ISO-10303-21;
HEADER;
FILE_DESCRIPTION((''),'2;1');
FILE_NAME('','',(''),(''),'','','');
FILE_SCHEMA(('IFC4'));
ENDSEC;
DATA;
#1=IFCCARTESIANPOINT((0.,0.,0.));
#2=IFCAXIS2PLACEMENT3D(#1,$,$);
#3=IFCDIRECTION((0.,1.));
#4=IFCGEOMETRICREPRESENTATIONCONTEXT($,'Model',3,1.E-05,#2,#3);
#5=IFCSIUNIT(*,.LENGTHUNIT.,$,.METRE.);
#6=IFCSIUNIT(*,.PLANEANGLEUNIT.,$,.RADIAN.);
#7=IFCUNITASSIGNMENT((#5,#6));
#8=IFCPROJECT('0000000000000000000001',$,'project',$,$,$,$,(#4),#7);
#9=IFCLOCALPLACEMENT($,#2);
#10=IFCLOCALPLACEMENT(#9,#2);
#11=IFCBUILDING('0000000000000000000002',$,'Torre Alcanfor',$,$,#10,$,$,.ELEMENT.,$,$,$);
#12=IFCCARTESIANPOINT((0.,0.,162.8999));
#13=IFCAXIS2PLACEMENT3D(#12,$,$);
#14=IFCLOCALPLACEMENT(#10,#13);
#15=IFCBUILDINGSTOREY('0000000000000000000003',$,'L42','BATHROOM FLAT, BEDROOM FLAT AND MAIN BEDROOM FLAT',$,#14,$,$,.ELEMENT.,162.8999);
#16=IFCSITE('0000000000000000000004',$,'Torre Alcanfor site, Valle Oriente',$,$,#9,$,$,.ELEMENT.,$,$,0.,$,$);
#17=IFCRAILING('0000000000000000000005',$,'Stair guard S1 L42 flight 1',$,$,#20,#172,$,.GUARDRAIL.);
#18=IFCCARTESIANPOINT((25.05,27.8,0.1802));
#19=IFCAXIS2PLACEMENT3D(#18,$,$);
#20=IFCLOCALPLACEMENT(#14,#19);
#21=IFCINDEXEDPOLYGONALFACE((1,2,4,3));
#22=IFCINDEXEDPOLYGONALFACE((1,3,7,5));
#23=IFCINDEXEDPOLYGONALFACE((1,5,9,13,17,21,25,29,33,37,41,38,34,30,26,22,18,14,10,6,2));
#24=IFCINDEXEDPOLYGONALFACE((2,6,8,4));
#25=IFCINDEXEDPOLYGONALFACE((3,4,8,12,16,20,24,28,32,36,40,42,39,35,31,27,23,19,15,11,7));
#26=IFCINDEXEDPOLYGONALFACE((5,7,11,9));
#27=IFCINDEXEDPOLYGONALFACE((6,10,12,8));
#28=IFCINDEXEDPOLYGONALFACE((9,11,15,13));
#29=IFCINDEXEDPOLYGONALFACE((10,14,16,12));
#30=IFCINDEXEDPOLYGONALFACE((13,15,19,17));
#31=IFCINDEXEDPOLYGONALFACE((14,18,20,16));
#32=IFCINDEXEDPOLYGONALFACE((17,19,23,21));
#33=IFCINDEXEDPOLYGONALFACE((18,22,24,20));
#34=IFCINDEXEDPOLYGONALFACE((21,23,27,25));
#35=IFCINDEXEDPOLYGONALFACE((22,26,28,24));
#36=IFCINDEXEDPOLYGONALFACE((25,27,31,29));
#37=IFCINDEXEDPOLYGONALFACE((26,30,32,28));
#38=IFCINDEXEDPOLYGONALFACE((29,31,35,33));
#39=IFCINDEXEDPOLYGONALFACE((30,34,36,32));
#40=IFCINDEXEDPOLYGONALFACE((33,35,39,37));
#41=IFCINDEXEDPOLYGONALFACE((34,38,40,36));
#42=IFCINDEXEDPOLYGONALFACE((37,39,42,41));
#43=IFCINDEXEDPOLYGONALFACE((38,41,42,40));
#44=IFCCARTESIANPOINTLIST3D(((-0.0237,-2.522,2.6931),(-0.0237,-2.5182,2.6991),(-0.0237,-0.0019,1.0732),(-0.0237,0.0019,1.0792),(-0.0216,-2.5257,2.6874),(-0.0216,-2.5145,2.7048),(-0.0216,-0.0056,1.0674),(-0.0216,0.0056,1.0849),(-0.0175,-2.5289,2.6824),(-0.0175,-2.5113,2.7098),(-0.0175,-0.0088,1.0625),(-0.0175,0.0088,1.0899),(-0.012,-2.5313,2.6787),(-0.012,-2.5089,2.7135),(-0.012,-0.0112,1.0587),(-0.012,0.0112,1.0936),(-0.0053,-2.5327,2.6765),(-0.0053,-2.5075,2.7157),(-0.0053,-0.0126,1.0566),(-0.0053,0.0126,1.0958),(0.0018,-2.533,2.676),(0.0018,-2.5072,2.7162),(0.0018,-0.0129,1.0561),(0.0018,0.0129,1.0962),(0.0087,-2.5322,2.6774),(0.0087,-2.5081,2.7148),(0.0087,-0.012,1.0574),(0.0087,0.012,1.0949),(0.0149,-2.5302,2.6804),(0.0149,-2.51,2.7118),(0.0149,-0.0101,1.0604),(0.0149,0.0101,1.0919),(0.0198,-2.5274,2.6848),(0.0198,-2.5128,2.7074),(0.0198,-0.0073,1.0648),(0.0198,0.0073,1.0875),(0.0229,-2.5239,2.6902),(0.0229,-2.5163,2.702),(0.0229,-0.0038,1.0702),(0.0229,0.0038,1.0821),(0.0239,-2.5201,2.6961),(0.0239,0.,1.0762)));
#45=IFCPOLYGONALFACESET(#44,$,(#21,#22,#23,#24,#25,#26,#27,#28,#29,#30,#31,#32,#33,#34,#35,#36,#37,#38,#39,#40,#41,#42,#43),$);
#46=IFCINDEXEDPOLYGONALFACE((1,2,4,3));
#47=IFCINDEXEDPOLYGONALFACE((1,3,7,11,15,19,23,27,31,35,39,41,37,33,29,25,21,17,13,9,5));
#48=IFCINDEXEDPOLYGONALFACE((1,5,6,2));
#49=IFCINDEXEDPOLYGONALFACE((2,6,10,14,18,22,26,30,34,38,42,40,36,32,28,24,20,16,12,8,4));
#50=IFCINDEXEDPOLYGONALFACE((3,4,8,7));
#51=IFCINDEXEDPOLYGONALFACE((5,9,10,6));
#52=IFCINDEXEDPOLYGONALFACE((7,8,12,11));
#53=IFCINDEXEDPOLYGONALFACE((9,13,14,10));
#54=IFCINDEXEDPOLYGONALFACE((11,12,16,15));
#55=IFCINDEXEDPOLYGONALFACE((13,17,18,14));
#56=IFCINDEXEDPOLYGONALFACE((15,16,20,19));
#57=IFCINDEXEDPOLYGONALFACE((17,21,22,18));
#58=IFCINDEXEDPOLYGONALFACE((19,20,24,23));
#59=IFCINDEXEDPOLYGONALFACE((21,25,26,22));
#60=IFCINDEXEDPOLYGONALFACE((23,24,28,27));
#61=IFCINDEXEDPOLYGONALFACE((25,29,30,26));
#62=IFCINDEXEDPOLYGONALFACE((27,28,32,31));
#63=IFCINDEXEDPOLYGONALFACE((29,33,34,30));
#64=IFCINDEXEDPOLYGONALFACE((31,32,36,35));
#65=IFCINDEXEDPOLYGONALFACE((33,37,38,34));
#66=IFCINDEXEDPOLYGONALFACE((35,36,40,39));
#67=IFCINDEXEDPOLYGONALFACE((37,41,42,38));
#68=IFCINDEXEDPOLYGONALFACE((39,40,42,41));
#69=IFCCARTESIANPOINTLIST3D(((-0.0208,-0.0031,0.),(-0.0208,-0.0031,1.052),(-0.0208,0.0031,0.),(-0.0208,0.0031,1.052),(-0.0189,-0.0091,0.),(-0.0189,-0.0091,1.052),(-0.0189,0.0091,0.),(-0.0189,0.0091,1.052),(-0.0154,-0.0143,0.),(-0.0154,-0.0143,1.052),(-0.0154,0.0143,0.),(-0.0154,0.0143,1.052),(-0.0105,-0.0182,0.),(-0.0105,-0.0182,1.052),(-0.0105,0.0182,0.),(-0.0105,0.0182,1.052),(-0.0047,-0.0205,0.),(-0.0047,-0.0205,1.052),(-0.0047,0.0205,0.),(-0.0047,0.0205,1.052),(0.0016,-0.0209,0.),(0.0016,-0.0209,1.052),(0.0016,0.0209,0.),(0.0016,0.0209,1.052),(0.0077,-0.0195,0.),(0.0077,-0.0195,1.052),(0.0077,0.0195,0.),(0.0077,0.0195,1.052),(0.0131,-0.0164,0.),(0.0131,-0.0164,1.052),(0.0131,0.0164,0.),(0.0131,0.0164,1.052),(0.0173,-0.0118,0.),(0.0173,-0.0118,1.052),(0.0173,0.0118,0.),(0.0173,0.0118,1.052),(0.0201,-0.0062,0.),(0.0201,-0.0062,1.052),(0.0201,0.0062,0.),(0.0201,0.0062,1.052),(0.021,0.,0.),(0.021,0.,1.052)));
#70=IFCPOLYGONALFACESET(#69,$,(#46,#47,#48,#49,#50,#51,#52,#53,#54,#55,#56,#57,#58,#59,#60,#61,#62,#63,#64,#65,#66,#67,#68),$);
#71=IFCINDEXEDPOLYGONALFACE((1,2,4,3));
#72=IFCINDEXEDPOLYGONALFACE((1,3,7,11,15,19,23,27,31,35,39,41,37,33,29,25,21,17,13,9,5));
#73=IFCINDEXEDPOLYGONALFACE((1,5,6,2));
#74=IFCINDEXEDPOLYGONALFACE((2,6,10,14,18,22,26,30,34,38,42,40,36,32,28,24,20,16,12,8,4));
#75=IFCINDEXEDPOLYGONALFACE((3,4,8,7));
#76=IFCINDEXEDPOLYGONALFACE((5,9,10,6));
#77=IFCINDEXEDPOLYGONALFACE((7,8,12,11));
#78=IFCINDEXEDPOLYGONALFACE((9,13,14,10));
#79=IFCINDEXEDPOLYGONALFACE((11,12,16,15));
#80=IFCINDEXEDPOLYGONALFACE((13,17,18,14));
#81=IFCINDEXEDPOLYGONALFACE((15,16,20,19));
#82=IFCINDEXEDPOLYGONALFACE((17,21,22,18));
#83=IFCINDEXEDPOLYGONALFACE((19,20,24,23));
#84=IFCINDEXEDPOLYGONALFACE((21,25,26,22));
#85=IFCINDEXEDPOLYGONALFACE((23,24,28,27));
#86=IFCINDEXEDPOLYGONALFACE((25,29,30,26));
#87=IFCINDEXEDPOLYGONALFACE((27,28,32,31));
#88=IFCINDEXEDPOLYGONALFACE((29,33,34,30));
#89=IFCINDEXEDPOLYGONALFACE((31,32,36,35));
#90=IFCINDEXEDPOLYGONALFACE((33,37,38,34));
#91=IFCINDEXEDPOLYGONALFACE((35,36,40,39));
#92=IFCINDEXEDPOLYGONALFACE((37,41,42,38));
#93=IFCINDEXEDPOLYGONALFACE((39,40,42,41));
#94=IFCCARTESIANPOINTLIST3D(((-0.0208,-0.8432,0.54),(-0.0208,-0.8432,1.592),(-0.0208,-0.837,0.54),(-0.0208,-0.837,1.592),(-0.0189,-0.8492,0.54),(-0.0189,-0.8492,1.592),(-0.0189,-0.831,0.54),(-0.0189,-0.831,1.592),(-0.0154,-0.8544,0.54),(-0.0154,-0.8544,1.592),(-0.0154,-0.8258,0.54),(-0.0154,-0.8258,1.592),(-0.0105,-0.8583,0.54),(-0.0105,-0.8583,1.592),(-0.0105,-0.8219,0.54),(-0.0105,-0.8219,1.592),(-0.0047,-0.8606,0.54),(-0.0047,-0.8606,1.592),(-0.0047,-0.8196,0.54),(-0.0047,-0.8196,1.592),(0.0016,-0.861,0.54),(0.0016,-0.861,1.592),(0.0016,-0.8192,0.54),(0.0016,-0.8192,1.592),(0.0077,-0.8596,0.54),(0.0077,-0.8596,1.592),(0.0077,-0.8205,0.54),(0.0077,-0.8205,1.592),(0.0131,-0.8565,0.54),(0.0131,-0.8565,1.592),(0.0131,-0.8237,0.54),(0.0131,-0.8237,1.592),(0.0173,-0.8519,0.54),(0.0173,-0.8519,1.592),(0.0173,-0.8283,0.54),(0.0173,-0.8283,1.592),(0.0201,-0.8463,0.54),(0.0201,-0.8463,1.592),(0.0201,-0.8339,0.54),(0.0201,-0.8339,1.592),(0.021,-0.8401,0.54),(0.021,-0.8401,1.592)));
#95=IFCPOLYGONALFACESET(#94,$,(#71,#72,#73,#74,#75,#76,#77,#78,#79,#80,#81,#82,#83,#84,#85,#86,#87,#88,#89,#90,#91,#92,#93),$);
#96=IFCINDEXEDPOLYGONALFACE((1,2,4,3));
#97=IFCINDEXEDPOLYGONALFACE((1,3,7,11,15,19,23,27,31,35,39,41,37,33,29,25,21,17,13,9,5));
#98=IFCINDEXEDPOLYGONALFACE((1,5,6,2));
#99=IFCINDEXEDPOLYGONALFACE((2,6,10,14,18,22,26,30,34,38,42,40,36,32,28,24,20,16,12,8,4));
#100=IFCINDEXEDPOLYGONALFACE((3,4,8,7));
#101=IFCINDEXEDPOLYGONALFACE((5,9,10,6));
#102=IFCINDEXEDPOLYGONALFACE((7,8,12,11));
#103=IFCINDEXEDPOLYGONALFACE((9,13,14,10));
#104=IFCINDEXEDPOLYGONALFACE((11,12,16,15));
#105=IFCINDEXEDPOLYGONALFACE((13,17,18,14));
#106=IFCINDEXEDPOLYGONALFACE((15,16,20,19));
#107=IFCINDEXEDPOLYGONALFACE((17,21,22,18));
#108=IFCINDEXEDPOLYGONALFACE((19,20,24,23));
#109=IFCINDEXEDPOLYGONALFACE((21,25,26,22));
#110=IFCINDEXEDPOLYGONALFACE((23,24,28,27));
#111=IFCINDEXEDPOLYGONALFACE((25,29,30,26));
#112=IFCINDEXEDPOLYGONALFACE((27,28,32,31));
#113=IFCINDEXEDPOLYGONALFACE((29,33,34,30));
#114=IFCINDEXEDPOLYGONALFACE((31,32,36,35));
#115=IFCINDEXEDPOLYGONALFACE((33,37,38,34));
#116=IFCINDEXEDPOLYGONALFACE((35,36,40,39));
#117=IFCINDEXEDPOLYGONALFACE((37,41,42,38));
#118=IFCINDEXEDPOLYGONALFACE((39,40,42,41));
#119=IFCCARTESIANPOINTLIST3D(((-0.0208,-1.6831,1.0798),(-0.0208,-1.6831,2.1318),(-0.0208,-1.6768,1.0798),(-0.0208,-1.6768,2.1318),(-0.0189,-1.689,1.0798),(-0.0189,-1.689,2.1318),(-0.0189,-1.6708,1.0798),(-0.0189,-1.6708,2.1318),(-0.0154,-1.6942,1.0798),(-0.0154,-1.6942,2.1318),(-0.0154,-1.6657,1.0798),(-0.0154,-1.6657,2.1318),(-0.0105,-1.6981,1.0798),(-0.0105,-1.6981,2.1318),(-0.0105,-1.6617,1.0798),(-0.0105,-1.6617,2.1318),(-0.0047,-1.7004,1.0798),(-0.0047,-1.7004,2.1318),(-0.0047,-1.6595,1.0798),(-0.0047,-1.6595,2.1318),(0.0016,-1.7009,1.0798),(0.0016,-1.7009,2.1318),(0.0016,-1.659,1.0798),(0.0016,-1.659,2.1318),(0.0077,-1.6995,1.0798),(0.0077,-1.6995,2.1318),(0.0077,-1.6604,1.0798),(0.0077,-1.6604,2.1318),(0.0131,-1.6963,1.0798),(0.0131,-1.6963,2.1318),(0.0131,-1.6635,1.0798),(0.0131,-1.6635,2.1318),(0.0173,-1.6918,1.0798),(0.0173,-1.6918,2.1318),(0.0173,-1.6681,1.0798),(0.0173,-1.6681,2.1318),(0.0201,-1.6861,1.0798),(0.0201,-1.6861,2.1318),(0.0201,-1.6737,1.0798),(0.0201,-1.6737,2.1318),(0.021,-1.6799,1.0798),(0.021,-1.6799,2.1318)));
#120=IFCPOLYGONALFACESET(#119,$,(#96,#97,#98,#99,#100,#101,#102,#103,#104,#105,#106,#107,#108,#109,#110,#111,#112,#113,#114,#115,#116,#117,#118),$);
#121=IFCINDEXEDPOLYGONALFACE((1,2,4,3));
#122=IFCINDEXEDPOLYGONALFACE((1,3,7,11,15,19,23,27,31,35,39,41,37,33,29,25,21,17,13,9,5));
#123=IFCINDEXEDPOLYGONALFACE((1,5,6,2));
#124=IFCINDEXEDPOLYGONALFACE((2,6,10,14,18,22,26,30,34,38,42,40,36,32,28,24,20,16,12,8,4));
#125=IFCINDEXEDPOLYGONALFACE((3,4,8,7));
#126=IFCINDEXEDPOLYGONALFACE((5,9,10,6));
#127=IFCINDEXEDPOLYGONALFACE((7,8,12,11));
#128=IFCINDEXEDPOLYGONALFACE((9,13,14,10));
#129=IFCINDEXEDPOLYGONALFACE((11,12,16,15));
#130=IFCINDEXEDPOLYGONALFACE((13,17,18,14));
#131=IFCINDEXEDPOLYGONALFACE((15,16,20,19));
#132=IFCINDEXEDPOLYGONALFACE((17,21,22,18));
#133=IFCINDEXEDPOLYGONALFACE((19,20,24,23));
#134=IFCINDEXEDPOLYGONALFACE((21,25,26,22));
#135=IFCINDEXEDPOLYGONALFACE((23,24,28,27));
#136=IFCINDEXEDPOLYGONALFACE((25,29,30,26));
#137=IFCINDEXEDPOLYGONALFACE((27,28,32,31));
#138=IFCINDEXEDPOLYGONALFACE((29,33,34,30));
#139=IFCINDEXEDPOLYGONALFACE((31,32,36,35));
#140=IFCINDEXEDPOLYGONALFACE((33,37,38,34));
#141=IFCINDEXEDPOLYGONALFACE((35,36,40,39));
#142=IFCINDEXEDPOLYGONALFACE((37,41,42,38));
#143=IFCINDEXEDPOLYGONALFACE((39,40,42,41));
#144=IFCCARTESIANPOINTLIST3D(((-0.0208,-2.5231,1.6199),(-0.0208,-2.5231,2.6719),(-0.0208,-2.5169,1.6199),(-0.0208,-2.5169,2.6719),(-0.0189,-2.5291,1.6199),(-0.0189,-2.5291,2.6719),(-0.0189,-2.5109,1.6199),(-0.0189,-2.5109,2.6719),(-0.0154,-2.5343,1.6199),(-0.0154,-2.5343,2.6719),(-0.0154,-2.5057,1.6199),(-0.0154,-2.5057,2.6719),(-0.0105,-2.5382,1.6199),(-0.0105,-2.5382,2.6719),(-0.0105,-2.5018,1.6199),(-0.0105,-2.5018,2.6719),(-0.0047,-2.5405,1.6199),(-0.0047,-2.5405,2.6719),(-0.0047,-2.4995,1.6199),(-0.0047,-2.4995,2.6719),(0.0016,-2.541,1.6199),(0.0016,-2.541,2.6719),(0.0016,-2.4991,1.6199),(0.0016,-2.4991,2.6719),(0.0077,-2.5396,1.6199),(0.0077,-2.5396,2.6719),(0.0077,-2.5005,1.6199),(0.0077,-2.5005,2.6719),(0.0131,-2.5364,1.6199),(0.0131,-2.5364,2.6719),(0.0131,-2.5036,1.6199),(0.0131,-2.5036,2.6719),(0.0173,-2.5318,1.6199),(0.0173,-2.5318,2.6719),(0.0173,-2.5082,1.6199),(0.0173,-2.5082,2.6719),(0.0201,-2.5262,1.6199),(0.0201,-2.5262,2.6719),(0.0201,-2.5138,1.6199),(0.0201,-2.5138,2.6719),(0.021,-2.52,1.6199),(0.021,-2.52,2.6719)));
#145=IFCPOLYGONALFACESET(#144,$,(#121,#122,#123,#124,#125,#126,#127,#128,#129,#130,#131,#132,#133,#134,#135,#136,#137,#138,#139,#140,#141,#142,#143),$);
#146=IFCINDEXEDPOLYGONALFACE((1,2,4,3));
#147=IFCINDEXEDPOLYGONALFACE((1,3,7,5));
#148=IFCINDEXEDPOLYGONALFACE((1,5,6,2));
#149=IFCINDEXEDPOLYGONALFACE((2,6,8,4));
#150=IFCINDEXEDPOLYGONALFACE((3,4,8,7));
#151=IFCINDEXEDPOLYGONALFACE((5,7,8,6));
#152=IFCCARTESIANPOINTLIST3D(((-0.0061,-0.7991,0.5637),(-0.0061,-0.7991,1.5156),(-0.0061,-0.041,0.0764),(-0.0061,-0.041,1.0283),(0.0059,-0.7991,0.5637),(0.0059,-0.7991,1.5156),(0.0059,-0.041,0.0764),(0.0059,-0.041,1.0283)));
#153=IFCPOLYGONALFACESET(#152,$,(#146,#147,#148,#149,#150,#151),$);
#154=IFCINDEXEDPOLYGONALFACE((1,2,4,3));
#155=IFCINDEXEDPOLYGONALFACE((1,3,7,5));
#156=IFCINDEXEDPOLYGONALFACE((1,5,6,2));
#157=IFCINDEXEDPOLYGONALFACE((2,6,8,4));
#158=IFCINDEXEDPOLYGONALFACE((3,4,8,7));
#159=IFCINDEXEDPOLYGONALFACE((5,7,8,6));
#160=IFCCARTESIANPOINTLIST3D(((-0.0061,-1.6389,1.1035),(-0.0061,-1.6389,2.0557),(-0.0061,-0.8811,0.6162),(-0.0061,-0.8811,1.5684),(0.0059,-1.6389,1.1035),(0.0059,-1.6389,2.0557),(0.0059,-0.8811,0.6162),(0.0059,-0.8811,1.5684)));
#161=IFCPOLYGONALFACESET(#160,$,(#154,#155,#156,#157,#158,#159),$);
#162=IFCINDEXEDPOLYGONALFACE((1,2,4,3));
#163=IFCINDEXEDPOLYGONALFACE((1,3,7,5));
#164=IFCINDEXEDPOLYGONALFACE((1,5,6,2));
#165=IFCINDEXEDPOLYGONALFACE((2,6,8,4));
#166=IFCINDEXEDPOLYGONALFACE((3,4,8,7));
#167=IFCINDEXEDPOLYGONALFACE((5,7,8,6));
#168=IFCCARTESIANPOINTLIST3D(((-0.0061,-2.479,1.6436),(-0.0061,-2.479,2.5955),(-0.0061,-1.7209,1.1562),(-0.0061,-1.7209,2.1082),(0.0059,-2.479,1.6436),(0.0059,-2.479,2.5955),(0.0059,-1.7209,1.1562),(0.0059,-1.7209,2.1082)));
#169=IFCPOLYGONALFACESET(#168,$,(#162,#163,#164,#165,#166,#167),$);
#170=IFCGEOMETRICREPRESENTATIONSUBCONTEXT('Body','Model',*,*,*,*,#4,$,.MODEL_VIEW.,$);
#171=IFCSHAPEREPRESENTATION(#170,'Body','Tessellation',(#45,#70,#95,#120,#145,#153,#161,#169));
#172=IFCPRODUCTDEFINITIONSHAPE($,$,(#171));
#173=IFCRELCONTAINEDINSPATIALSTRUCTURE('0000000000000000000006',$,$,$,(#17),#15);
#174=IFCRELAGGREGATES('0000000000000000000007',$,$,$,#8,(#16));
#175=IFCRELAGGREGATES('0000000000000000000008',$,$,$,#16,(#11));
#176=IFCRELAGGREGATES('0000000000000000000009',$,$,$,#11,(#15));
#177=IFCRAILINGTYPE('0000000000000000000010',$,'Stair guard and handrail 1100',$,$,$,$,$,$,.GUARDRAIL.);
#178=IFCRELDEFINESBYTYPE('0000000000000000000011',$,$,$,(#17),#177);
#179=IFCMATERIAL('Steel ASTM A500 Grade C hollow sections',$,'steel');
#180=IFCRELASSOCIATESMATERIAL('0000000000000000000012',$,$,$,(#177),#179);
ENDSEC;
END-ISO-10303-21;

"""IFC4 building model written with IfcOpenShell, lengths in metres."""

from ifc_helpers import new_model, si_unit, direction, frame, origin, origin_2d, place, context, subcontext, project, spatial, polyline, circle, outline, extrude, material, type_object, element, save


model = new_model("IFC4")

# Units and contexts
model_context = context("Model", 3, precision=1e-05, world=origin(), true_north=direction((0.0, 1.0)))
body_context = subcontext(model_context, "Body", "Model", "MODEL_VIEW")
ifc_project = project(units=[si_unit("LENGTHUNIT", "METRE"), si_unit("PLANEANGLEUNIT", "RADIAN")], contexts=[model_context])

# Site, building, storey
site_placement = place(None, origin())
site = spatial("IfcSite", under=ifc_project, at=site_placement, Name="Torre Alcanfor site, Valle Oriente", CompositionType="ELEMENT", RefElevation=0.0)
building_placement = place(site_placement, origin())
building = spatial("IfcBuilding", under=site, at=building_placement, Name="Torre Alcanfor", CompositionType="ELEMENT")
storey_placement = place(building_placement, frame((0.0, 0.0, 162.8999)))
storey = spatial("IfcBuildingStorey", under=building, at=storey_placement, Name="L42", Description="BATHROOM FLAT, BEDROOM FLAT AND MAIN BEDROOM FLAT", CompositionType="ELEMENT", Elevation=162.8999)

# Railing
ifc_material_1 = material(Name="Steel ASTM A500 Grade C hollow sections", Category="steel")
railing_type_1 = type_object("IfcRailingType", Name="Stair guard and handrail 1100", PredefinedType="GUARDRAIL", material=ifc_material_1)
railing_1_placement = place(storey_placement, frame((25.05, 27.8, 0.1802)))
element("IfcRailing", 1, at=railing_1_placement, inside=storey, type_object=railing_type_1, Name="Stair guard S1 L42 flight 1", PredefinedType="GUARDRAIL", context=body_context, shape_type="SweptSolid", body=[
    extrude(circle(Radius=0.0239, at=origin_2d()), frame((0.0, 0.0, 1.0762), z_axis=(0.0, -0.8412, 0.540725), x_axis=(1.0, 0.0, 0.0)), (0.0, 0.0, 1.0), 2.9958),
    extrude(circle(Radius=0.021, at=origin_2d()), origin(), (0.0, 0.0, 1.0), 1.052),
    extrude(circle(Radius=0.021, at=origin_2d()), frame((0.0, -0.8401, 0.54)), (0.0, 0.0, 1.0), 1.052),
    extrude(circle(Radius=0.021, at=origin_2d()), frame((0.0, -1.6799, 1.0798)), (0.0, 0.0, 1.0), 1.052),
    extrude(circle(Radius=0.021, at=origin_2d()), frame((0.0, -2.52, 1.6199)), (0.0, 0.0, 1.0), 1.052),
    extrude(outline(polyline([(0.041, 0.0764), (0.7991, 0.5637), (0.7991, 1.5156), (0.041, 1.0283), (0.041, 0.0764)])), frame((0.0059, 0.0, 0.0), z_axis=(-1.0, 0.0, 0.0), x_axis=(0.0, -1.0, 0.0)), (0.0, 0.0, 1.0), 0.012),
    extrude(outline(polyline([(0.8811, 0.6162), (1.6389, 1.1035), (1.6389, 2.0557), (0.8811, 1.5684), (0.8811, 0.6162)])), frame((0.0059, 0.0, 0.0), z_axis=(-1.0, 0.0, 0.0), x_axis=(0.0, -1.0, 0.0)), (0.0, 0.0, 1.0), 0.012),
    extrude(outline(polyline([(1.7209, 1.1562), (2.479, 1.6436), (2.479, 2.5955), (1.7209, 2.1082), (1.7209, 1.1562)])), frame((0.0059, 0.0, 0.0), z_axis=(-1.0, 0.0, 0.0), x_axis=(0.0, -1.0, 0.0)), (0.0, 0.0, 1.0), 0.012),
])

save(model, "model.ifc")
